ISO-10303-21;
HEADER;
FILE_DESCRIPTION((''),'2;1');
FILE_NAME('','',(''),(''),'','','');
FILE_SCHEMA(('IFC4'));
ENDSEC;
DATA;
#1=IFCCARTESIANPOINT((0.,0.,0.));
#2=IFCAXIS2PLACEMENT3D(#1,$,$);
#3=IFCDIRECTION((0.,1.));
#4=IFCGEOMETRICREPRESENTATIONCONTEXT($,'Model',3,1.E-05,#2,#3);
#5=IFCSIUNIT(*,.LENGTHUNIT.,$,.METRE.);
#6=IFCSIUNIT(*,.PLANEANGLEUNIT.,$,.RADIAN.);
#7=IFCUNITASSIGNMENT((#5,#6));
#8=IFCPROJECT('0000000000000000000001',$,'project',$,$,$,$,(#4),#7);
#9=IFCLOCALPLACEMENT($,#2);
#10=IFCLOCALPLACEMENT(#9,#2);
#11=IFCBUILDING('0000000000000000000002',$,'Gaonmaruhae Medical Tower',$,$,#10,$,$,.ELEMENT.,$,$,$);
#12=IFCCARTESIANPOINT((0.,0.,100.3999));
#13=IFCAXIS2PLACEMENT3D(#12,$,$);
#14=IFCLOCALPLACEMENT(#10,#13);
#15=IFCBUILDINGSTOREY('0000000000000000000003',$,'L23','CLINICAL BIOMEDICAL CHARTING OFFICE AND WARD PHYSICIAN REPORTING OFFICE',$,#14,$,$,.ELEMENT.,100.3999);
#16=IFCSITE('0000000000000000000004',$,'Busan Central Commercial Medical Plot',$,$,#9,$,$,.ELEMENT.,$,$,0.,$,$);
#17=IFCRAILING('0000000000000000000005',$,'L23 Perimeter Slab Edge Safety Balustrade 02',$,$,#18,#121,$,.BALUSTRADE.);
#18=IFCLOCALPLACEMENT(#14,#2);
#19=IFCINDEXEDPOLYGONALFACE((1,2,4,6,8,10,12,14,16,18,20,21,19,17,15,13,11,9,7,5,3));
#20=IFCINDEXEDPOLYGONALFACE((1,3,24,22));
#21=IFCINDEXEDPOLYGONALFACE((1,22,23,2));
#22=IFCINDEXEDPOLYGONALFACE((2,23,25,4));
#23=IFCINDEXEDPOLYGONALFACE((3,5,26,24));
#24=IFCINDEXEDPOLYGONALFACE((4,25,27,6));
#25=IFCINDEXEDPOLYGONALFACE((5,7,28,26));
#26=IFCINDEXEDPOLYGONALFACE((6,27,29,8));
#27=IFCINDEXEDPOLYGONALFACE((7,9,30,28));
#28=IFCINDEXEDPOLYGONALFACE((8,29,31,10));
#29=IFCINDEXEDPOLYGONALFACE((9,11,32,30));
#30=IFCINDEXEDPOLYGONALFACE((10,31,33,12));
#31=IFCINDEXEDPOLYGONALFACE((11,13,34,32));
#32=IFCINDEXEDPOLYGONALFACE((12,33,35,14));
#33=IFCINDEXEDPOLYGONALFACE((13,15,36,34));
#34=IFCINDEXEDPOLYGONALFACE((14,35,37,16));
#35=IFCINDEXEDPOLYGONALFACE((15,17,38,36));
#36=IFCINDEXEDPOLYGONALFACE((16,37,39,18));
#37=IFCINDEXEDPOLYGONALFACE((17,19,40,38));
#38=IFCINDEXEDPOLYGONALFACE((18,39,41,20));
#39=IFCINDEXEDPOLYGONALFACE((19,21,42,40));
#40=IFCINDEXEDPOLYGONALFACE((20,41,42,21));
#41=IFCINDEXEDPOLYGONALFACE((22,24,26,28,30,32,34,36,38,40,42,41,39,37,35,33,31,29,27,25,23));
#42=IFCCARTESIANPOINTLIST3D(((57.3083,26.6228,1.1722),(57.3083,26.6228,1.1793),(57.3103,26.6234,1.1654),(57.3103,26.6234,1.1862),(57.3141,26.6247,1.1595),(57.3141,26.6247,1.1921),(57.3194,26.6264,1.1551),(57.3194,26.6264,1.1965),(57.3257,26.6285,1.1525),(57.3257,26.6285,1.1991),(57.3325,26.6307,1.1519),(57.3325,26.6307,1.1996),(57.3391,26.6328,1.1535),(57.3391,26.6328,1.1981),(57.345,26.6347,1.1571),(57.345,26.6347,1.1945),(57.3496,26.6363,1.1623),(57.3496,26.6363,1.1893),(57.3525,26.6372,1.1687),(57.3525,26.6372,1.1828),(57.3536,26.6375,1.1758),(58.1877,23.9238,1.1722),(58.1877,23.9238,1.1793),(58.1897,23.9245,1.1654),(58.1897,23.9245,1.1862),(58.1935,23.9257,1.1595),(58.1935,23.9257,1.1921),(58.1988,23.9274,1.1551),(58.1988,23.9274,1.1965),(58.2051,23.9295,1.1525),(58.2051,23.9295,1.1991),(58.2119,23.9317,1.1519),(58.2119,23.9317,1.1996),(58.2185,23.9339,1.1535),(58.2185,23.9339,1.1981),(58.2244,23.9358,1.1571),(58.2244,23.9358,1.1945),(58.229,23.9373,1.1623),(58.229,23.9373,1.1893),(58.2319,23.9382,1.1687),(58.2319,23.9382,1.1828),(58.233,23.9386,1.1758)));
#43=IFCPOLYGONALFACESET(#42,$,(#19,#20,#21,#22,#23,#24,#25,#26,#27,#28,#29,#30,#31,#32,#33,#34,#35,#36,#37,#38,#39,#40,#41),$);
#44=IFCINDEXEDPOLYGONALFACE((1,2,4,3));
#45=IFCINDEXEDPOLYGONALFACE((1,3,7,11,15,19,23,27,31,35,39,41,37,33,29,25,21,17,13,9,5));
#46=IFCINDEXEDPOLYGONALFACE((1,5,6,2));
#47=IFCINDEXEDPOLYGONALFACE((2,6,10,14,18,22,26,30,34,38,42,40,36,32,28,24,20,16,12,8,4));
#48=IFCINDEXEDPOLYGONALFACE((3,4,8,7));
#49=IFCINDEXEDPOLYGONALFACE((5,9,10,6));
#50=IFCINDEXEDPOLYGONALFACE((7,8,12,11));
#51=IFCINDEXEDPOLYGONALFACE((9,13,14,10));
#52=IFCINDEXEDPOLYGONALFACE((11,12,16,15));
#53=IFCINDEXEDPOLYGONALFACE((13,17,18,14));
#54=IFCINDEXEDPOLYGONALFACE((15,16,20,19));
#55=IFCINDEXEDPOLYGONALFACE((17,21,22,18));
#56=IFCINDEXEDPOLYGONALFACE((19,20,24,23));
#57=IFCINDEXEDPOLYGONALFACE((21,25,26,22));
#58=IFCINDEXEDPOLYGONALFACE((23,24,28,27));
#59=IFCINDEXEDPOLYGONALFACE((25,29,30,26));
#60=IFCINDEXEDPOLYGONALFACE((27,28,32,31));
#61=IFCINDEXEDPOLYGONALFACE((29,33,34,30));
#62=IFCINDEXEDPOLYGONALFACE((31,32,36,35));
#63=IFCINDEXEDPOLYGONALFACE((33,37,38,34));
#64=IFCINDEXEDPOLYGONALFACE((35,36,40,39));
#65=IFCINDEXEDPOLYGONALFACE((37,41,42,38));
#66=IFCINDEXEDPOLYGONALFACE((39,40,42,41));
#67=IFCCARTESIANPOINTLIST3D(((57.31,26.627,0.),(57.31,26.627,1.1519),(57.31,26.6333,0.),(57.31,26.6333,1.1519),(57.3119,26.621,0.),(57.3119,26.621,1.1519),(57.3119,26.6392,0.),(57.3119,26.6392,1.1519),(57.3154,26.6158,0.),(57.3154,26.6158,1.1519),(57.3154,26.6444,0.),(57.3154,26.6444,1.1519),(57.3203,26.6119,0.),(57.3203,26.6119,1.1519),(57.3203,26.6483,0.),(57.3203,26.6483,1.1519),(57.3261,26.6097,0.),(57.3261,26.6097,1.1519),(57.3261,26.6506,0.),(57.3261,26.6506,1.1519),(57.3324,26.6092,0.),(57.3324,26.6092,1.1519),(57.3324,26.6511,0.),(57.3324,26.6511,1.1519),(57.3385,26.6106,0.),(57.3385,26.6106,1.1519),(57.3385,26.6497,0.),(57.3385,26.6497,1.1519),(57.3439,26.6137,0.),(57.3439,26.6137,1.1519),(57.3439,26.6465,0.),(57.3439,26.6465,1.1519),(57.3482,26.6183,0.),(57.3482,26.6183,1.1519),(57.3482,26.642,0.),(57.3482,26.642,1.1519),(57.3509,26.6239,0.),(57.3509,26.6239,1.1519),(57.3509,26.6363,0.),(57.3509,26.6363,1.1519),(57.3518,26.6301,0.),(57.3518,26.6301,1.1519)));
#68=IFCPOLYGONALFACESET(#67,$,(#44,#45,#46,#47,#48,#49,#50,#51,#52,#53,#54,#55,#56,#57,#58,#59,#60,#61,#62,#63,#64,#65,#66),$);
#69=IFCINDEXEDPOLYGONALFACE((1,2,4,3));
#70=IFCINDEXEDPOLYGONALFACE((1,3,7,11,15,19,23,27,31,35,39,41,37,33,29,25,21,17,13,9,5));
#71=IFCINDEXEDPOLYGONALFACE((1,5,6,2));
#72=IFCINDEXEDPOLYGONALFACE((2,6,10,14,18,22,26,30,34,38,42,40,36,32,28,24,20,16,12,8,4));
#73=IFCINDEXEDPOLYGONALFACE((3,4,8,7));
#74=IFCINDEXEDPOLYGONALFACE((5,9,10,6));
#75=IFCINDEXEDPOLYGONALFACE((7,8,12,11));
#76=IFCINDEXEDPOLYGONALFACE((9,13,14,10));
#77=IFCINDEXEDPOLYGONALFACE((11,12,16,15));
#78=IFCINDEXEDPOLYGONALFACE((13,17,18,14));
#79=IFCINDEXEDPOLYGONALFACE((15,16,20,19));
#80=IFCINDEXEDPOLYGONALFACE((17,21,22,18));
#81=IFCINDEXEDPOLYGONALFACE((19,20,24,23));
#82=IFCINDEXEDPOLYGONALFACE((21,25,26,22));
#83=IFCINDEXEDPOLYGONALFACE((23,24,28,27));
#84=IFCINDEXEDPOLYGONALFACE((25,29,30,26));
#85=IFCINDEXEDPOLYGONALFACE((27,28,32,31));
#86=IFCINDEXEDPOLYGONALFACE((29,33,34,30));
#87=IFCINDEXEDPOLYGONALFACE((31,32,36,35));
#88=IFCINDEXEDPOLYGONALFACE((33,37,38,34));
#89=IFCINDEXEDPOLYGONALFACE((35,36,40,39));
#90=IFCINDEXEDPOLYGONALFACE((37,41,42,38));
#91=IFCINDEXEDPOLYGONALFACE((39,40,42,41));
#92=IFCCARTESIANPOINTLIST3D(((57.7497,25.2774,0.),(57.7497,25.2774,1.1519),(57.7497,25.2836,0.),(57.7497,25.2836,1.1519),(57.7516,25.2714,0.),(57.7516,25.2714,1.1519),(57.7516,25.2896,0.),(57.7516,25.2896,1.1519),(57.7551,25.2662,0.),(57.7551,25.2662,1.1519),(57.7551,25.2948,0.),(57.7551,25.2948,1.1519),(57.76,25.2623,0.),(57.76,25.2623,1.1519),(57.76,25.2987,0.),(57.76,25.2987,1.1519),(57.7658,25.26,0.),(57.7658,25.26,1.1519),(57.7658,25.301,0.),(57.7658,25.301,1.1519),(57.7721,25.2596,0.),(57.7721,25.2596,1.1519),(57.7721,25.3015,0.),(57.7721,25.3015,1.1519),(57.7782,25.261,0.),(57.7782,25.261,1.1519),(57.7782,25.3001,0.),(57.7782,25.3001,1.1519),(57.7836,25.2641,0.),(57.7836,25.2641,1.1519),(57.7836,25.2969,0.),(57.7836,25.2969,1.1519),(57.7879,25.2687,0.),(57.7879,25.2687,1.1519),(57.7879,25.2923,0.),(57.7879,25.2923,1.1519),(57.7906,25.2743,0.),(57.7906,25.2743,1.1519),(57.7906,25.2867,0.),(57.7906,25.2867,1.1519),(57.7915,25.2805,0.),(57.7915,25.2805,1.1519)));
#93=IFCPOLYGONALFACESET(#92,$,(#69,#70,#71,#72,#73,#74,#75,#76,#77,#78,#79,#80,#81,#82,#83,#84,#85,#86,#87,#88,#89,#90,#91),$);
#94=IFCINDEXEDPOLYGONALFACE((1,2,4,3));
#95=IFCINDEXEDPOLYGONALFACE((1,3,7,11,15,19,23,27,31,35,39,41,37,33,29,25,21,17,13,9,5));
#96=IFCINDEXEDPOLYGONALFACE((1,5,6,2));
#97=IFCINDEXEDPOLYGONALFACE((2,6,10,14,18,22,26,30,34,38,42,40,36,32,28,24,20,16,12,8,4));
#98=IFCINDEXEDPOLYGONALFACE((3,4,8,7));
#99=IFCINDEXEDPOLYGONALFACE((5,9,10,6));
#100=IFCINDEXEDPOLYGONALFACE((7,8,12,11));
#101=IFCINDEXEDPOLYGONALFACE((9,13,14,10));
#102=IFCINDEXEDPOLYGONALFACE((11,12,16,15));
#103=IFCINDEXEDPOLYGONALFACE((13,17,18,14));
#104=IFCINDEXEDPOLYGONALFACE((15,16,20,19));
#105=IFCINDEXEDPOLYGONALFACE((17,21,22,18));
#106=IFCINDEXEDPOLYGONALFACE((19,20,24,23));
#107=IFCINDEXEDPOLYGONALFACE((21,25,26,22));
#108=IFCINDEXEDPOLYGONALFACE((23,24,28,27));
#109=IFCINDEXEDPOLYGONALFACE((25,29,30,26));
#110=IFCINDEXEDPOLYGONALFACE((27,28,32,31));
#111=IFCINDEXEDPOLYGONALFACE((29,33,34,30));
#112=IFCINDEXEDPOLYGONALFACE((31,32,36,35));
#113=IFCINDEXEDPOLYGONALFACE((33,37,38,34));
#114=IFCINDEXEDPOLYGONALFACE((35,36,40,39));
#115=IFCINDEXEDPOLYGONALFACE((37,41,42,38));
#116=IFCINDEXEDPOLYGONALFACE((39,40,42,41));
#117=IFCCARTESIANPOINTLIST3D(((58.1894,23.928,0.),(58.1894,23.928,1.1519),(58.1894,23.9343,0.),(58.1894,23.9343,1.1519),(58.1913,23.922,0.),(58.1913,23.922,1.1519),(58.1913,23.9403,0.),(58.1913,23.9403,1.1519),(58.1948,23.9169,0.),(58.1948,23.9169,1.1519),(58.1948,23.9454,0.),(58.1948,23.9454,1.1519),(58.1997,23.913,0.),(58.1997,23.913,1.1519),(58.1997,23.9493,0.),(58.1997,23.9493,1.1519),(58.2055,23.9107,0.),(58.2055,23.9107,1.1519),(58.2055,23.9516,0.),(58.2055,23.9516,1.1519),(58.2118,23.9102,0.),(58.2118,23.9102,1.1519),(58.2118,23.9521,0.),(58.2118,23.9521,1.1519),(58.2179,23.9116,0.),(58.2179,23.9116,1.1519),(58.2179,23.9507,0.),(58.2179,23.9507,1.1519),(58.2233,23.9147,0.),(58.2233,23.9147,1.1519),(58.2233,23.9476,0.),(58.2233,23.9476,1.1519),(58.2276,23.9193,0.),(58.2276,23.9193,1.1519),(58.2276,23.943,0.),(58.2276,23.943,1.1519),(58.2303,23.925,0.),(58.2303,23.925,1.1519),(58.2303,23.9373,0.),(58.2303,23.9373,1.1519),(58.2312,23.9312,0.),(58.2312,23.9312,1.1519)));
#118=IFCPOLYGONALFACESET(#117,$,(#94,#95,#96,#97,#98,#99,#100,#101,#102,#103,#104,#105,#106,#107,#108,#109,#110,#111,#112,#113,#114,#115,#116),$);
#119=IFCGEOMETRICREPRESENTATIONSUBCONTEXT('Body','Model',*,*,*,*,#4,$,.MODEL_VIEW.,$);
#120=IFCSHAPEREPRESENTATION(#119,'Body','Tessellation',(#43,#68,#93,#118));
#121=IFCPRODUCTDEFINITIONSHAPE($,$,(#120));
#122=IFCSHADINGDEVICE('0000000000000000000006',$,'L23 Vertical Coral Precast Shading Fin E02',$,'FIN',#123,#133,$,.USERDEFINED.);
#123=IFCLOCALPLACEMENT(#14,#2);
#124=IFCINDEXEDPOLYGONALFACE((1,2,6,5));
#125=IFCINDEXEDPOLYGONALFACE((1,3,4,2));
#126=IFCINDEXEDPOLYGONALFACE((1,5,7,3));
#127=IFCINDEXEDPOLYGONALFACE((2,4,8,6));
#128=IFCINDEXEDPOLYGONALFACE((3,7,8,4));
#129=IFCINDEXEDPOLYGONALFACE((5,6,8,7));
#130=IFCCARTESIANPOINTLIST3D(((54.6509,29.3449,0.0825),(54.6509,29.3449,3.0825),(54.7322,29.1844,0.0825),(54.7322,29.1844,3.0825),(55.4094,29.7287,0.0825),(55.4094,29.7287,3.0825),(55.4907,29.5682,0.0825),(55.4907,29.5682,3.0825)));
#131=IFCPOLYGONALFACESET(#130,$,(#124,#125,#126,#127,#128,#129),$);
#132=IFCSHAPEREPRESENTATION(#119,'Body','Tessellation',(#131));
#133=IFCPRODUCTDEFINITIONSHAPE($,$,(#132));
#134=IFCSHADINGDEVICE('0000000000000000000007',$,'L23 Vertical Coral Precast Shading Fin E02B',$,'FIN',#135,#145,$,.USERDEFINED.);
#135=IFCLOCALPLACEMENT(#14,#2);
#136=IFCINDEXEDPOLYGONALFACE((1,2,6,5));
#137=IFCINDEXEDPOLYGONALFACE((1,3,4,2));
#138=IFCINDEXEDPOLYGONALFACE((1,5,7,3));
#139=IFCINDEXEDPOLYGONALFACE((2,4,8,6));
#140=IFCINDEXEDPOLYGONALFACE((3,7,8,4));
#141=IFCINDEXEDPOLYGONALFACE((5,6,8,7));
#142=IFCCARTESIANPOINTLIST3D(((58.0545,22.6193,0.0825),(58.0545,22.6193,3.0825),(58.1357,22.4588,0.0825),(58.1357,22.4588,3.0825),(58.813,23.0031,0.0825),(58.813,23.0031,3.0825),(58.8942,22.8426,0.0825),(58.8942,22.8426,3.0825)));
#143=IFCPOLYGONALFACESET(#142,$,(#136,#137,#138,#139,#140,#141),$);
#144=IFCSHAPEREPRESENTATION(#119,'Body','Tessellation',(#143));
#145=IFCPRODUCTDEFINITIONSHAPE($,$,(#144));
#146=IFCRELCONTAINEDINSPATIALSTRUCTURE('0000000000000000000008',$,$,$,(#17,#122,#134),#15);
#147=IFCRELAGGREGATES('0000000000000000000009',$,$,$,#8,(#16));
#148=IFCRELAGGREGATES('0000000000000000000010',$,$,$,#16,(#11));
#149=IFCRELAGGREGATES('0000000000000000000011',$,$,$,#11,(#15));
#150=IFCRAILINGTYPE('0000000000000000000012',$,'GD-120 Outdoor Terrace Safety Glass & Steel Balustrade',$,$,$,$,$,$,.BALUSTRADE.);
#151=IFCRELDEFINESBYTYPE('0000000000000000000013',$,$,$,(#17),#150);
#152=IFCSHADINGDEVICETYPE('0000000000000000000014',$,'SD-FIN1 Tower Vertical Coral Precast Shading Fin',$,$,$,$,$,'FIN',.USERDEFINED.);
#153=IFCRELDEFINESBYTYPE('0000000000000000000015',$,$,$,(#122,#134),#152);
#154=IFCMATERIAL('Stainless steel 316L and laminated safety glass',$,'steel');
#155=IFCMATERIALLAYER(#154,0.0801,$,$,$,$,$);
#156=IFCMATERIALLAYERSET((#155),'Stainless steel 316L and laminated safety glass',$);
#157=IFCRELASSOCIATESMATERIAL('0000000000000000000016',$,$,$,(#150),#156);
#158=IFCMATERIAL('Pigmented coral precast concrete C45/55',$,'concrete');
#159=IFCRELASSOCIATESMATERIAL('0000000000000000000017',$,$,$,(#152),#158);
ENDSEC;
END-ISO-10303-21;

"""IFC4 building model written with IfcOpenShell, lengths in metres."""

from ifc_helpers import new_model, si_unit, direction, frame, origin, origin_2d, place, context, subcontext, project, spatial, rectangle, circle, extrude, material, layer, layer_set, type_object, element, save


model = new_model("IFC4")

# Units and contexts
model_context = context("Model", 3, precision=1e-05, world=origin(), true_north=direction((0.0, 1.0)))
body_context = subcontext(model_context, "Body", "Model", "MODEL_VIEW")
ifc_project = project(units=[si_unit("LENGTHUNIT", "METRE"), si_unit("PLANEANGLEUNIT", "RADIAN")], contexts=[model_context])

# Site, building, storey
site_placement = place(None, origin())
site = spatial("IfcSite", under=ifc_project, at=site_placement, Name="Busan Central Commercial Medical Plot", CompositionType="ELEMENT", RefElevation=0.0)
building_placement = place(site_placement, origin())
building = spatial("IfcBuilding", under=site, at=building_placement, Name="Gaonmaruhae Medical Tower", CompositionType="ELEMENT")
storey_placement = place(building_placement, frame((0.0, 0.0, 100.3999)))
storey = spatial("IfcBuildingStorey", under=building, at=storey_placement, Name="L23", Description="CLINICAL BIOMEDICAL CHARTING OFFICE AND WARD PHYSICIAN REPORTING OFFICE", CompositionType="ELEMENT", Elevation=100.3999)

# Railing
ifc_material_1 = material(Name="Stainless steel 316L and laminated safety glass", Category="steel")
ifc_layer_1 = layer(ifc_material_1, 0.0801)
ifc_layer_set_1 = layer_set([ifc_layer_1], Name="Stainless steel 316L and laminated safety glass")
railing_type = type_object("IfcRailingType", Name="GD-120 Outdoor Terrace Safety Glass & Steel Balustrade", PredefinedType="BALUSTRADE", material=ifc_layer_set_1)
railing_1_placement = place(storey_placement, frame((57.3308, 26.6301, 0.0)))
element("IfcRailing", 1, at=railing_1_placement, inside=storey, type_object=railing_type, Name="L23 Perimeter Slab Edge Safety Balustrade 02", PredefinedType="BALUSTRADE", context=body_context, shape_type="SweptSolid", body=[
    extrude(circle(Radius=0.0239, at=origin_2d()), frame((0.0, 0.0, 1.1758), z_axis=(0.309796, -0.950803, 0.0), x_axis=(0.950803, 0.309796, 0.0)), (0.0, 0.0, 1.0), 2.8386),
    extrude(circle(Radius=0.021, at=origin_2d()), origin(), (0.0, 0.0, 1.0), 1.1519),
    extrude(circle(Radius=0.021, at=origin_2d()), frame((0.4397, -1.3496, 0.0)), (0.0, 0.0, 1.0), 1.1519),
    extrude(circle(Radius=0.021, at=origin_2d()), frame((0.8794, -2.699, 0.0)), (0.0, 0.0, 1.0), 1.1519),
])

# Shading devices
ifc_material_2 = material(Name="Pigmented coral precast concrete C45/55", Category="concrete")
shading_device_type = type_object("IfcShadingDeviceType", Name="SD-FIN1 Tower Vertical Coral Precast Shading Fin", ElementType="FIN", PredefinedType="USERDEFINED", material=ifc_material_2)
for number, where, z_axis, x_axis, name in (
    (2, (55.0708, 29.4565, 0.0825), (0.0, 0.0, 1.0), (0.451501, -0.892271, 0.0), "L23 Vertical Coral Precast Shading Fin E02"),
    (3, (58.4744, 22.731, 0.0825), (0.0, 0.0, 1.0), (0.451501, -0.892271, 0.0), "L23 Vertical Coral Precast Shading Fin E02B"),
):
    element("IfcShadingDevice", number, at=place(storey_placement, frame(where, z_axis=z_axis, x_axis=x_axis)), inside=storey, type_object=shading_device_type, Name=name, ObjectType="FIN", PredefinedType="USERDEFINED", context=body_context, shape_type="SweptSolid", body=[
        extrude(rectangle(XDim=0.1799, YDim=0.8501, at=origin_2d()), origin(), (0.0, 0.0, 1.0), 3.0),
    ])

save(model, "model.ifc")
